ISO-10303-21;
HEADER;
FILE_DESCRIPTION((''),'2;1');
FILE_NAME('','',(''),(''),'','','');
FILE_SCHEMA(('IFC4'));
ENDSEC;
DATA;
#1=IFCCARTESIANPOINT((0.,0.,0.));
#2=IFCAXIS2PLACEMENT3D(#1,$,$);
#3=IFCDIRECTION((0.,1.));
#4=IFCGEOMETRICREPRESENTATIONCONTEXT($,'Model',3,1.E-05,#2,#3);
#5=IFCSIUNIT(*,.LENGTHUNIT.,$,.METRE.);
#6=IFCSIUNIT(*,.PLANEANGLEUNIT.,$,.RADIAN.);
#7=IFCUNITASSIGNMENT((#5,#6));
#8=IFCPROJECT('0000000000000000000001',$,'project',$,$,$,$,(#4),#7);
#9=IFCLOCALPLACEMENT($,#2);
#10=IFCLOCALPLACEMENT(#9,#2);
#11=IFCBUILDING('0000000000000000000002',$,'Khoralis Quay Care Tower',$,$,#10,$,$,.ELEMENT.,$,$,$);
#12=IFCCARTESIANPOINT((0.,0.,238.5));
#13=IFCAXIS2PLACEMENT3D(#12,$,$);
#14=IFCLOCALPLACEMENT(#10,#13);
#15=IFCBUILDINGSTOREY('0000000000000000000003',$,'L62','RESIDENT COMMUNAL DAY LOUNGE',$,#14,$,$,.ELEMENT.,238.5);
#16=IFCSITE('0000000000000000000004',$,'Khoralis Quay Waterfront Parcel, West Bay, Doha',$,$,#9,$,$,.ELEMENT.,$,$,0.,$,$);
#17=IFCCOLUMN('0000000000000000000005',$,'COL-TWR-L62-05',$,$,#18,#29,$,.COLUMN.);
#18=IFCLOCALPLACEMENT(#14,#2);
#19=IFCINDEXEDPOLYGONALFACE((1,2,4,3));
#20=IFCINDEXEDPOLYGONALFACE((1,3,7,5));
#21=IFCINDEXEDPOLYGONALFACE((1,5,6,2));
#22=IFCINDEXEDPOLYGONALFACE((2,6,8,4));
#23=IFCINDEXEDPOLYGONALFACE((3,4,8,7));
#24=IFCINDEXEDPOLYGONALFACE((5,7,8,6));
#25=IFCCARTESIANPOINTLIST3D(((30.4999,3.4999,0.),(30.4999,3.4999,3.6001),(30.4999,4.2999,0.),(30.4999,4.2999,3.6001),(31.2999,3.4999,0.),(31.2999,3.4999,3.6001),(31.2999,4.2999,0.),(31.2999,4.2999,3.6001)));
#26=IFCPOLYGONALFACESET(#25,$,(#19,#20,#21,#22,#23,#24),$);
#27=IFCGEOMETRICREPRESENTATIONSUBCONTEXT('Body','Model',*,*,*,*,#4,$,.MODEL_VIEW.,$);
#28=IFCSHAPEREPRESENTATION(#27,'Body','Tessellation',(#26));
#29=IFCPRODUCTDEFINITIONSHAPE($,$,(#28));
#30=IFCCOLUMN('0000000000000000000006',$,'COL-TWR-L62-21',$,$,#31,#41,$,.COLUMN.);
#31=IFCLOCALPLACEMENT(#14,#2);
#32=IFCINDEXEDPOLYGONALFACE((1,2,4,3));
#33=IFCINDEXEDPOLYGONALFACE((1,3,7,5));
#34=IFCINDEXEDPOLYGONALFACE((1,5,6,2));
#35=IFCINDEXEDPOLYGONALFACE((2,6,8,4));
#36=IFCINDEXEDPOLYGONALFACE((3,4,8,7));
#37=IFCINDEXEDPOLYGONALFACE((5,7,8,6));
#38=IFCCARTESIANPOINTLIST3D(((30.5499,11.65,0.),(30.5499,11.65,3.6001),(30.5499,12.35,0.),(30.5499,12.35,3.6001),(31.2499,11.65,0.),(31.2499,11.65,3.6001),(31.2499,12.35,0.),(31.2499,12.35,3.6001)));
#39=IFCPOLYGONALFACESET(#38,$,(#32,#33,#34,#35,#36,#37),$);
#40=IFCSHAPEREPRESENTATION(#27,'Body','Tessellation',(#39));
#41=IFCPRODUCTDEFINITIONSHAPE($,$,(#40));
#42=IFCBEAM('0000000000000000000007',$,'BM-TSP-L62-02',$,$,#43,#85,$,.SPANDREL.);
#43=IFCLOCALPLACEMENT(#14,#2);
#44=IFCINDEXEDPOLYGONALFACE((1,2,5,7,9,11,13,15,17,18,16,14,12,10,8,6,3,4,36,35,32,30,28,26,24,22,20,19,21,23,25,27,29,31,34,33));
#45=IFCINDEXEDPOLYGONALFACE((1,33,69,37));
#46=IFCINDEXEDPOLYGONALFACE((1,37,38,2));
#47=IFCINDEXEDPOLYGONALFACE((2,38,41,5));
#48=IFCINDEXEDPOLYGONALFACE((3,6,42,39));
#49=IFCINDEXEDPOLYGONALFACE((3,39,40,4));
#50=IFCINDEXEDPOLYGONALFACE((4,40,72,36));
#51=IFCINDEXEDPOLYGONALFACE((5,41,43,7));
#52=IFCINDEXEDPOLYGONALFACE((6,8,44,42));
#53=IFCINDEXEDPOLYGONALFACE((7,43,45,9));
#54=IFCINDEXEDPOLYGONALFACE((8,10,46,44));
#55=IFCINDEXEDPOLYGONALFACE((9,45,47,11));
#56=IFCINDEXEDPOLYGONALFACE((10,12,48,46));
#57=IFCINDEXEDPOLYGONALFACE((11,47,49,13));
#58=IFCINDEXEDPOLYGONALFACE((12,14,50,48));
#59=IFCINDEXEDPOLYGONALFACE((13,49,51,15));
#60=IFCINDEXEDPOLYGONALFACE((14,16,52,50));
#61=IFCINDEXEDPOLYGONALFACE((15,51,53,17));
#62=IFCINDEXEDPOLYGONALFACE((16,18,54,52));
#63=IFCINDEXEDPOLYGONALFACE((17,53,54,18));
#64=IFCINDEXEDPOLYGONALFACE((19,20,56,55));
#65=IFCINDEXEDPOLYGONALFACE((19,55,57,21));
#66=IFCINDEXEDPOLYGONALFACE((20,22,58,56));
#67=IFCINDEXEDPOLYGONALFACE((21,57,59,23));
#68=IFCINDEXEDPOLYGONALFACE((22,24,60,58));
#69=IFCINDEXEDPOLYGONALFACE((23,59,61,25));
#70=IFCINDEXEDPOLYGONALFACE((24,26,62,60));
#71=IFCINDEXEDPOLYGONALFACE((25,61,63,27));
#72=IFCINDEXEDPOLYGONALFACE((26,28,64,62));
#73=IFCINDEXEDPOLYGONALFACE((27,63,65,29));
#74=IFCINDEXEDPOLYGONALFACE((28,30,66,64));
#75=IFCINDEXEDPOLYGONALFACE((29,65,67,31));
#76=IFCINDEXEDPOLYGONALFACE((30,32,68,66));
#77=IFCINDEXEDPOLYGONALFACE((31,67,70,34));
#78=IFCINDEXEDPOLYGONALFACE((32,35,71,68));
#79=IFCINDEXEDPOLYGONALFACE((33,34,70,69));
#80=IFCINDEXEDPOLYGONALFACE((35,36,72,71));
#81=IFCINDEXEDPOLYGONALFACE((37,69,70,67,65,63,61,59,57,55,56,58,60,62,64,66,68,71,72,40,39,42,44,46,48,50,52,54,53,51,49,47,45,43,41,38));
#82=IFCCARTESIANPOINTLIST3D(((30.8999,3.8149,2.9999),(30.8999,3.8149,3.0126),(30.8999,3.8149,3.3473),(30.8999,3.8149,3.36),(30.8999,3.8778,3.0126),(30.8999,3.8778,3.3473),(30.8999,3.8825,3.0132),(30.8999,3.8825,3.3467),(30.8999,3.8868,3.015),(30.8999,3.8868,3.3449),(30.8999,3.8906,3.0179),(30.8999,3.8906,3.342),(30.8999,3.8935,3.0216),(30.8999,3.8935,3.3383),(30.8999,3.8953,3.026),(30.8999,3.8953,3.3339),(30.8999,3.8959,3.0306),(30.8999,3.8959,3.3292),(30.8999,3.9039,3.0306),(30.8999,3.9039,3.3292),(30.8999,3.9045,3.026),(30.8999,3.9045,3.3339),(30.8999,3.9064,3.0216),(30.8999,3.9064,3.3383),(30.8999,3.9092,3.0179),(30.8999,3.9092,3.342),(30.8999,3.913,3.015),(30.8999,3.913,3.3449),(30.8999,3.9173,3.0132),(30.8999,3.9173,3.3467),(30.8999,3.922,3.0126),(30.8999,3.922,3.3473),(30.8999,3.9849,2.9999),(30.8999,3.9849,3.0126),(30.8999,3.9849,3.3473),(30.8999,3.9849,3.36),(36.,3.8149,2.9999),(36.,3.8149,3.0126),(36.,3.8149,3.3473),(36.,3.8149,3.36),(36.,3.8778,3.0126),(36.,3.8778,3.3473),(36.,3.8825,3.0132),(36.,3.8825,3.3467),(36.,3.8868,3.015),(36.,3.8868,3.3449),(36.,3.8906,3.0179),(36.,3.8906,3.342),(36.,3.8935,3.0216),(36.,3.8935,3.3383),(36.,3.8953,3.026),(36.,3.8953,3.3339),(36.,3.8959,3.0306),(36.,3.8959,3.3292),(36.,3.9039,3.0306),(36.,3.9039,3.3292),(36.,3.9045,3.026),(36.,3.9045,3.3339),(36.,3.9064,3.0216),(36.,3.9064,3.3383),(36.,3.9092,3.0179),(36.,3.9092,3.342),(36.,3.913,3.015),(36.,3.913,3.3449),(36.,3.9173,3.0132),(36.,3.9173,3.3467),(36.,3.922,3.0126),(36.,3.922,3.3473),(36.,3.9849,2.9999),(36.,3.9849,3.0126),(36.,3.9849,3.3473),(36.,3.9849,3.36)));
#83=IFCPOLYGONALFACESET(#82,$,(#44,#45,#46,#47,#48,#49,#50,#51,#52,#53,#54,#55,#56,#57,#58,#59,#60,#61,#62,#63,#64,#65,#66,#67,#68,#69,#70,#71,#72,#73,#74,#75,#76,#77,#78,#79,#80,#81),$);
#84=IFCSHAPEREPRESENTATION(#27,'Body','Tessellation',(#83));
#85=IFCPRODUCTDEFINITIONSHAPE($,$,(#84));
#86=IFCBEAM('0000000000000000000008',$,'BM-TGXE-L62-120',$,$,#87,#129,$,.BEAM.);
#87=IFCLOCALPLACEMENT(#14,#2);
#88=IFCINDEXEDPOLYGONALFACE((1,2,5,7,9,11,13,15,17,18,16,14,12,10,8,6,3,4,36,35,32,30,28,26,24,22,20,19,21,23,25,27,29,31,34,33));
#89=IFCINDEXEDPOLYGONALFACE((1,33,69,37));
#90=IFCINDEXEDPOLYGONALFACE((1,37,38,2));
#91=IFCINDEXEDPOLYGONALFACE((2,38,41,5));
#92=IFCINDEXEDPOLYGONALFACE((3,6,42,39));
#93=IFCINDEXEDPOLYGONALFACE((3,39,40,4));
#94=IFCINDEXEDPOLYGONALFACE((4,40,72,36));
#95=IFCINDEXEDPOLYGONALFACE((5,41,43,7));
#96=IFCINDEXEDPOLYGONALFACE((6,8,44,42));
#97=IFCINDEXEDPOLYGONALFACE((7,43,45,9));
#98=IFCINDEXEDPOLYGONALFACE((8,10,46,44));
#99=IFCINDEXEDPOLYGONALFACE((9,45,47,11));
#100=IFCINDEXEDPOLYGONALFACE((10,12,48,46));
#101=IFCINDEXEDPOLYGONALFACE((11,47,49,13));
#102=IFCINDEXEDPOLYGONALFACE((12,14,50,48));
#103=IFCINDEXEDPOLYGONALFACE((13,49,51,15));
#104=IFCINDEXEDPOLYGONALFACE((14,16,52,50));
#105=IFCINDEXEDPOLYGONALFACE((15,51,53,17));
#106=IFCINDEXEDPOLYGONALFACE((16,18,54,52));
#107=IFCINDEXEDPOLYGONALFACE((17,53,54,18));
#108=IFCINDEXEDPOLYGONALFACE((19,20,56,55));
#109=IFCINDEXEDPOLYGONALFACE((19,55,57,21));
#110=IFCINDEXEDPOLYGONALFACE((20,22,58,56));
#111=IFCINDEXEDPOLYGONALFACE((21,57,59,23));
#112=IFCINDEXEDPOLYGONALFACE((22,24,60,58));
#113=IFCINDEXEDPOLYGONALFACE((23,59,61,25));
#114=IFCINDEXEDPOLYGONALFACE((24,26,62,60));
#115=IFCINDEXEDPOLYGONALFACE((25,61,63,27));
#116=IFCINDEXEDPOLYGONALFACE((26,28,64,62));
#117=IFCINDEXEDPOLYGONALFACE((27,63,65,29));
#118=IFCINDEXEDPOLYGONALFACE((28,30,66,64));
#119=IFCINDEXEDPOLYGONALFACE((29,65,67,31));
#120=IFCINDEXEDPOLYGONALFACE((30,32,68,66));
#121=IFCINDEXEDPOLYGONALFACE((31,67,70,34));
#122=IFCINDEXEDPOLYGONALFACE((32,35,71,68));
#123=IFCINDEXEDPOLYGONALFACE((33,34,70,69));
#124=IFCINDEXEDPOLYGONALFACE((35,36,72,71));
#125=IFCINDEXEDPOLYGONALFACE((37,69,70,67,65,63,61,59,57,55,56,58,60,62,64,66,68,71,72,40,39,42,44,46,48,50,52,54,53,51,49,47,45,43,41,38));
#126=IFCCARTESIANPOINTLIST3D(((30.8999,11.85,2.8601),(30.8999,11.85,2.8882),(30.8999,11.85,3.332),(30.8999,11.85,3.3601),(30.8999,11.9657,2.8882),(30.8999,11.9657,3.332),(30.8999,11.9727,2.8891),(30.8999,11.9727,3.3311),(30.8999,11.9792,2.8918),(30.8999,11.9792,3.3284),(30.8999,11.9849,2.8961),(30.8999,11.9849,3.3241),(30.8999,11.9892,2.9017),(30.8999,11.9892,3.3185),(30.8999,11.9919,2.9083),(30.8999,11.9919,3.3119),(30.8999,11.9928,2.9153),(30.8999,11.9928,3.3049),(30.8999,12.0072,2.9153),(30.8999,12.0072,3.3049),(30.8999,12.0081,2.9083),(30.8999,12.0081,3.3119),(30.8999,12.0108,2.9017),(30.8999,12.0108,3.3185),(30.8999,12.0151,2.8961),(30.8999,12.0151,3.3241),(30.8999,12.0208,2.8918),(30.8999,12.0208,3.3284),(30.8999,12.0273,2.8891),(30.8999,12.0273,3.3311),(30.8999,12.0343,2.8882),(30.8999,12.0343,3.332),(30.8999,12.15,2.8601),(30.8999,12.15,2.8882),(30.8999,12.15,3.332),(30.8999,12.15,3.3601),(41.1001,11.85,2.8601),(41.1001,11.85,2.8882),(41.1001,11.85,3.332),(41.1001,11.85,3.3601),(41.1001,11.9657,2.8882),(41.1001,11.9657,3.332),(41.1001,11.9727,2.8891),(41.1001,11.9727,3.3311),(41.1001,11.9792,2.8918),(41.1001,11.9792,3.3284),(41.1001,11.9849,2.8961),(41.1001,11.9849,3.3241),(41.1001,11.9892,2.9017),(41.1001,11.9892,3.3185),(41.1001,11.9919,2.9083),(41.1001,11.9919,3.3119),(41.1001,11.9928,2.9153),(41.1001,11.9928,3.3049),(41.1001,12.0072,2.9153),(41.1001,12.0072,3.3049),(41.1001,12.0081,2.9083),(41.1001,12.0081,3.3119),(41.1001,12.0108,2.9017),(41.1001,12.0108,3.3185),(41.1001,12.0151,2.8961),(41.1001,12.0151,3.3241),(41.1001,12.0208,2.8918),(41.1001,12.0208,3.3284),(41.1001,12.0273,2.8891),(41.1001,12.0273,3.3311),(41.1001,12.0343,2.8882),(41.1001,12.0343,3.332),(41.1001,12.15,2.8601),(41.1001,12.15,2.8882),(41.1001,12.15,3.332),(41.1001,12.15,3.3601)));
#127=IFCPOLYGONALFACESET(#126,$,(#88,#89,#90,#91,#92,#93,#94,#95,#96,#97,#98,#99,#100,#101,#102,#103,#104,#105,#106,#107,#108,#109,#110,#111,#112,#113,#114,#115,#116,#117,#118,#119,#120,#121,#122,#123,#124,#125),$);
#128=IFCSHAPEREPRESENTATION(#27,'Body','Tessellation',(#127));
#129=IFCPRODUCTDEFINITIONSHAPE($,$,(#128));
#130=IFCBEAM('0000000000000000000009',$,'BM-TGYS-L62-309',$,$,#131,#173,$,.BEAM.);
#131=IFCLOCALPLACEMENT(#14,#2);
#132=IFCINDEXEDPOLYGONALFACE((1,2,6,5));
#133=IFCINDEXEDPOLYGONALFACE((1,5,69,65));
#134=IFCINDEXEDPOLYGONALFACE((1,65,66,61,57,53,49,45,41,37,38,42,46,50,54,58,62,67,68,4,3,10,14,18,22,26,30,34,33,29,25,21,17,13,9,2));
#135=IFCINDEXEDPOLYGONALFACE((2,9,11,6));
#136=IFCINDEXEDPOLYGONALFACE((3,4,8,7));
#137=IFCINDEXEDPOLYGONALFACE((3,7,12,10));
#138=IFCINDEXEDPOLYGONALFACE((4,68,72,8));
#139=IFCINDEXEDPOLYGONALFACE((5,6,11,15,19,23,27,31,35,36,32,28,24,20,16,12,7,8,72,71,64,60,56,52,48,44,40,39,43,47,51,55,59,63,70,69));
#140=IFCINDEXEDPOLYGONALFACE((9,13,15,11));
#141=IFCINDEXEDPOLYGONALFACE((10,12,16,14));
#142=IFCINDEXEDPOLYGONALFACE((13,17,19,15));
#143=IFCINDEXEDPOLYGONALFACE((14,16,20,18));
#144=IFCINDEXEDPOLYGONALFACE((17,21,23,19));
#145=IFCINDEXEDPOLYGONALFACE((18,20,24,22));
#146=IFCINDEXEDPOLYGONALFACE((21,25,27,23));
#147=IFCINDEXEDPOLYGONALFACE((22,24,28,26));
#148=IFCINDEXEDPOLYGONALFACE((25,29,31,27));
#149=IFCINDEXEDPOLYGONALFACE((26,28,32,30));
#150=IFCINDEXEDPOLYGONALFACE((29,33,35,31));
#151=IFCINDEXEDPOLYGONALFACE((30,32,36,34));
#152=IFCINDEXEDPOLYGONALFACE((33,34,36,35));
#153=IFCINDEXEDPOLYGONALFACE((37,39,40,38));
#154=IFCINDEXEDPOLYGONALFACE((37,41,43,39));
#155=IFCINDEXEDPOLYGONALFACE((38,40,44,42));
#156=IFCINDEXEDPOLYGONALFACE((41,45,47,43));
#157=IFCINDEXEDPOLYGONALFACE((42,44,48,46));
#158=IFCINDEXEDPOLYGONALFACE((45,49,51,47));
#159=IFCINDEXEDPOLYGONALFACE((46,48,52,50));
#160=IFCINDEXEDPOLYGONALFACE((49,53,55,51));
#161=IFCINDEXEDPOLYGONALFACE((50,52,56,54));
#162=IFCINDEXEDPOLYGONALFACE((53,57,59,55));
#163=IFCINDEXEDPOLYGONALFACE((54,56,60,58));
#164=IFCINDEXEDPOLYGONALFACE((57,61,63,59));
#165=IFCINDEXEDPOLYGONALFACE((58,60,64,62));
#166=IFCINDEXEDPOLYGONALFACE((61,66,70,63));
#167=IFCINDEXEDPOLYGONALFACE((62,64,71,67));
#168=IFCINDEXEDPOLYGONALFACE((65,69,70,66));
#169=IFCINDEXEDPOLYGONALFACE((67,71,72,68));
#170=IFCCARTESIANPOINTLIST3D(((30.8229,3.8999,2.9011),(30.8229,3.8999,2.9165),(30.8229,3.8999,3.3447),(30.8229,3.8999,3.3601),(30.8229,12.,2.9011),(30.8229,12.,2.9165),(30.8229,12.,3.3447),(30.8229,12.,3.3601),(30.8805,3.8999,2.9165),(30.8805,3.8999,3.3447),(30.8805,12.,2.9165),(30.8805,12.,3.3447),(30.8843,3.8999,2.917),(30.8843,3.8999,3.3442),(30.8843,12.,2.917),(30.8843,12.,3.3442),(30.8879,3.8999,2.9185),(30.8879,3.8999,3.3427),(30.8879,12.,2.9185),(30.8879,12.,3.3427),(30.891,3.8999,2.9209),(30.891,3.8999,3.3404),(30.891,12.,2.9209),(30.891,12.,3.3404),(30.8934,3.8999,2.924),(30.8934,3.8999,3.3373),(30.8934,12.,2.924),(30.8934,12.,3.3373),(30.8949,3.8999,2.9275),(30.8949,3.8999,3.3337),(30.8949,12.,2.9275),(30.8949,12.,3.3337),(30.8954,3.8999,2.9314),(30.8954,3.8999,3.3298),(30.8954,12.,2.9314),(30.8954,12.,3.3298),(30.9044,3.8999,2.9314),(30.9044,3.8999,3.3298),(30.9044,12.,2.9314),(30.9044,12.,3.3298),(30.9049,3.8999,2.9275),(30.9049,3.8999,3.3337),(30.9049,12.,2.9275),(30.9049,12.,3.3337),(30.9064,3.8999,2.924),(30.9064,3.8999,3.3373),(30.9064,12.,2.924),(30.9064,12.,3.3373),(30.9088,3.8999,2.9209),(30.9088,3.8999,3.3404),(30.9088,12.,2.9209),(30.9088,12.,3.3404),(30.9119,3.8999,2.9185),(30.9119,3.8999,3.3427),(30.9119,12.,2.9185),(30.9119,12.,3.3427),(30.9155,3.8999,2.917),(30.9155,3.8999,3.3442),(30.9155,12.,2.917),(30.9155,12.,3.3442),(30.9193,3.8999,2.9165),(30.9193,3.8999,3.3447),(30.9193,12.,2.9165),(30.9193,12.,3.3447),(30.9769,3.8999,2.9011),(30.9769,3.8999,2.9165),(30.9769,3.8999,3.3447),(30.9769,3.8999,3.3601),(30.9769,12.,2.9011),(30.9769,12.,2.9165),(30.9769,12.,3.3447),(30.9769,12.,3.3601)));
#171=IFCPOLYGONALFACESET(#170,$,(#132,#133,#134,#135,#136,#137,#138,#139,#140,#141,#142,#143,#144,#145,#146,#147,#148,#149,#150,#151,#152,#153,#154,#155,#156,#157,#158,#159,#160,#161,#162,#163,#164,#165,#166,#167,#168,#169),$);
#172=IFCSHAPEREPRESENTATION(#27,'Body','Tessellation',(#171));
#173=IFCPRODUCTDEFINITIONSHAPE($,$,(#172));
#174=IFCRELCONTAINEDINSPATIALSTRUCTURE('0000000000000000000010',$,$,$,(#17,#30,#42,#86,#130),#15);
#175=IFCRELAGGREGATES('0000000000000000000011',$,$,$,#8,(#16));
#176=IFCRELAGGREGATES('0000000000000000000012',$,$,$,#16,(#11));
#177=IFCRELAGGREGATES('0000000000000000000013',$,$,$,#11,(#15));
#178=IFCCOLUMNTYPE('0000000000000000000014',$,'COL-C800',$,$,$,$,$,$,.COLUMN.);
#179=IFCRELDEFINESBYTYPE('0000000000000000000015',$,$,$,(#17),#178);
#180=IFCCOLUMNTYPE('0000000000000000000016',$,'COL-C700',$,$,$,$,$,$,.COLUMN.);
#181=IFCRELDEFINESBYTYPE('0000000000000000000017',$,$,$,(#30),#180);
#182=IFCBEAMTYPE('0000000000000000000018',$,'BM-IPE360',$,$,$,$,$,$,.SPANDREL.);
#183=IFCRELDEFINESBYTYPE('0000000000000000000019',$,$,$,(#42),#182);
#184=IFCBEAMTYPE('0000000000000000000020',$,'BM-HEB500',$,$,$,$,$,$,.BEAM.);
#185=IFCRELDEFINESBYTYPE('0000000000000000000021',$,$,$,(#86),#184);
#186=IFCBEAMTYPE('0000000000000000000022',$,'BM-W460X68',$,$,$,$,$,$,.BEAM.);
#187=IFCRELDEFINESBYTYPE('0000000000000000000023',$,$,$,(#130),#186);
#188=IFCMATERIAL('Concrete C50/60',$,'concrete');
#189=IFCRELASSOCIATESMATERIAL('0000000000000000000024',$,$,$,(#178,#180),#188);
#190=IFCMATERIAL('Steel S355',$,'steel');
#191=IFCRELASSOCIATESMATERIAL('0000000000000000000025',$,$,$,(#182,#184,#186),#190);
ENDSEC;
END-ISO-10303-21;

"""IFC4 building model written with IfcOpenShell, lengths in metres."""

from ifc_helpers import new_model, si_unit, direction, frame, origin, origin_2d, place, context, subcontext, project, spatial, rectangle, i_section, extrude, source, transform, mapped, material, material_profile, profile_set, type_object, element, save


model = new_model("IFC4")

# Units and contexts
model_context = context("Model", 3, precision=1e-05, world=origin(), true_north=direction((0.0, 1.0)))
body_context = subcontext(model_context, "Body", "Model", "MODEL_VIEW")
ifc_project = project(units=[si_unit("LENGTHUNIT", "METRE"), si_unit("PLANEANGLEUNIT", "RADIAN")], contexts=[model_context])

# Site, building, storey
site_placement = place(None, origin())
site = spatial("IfcSite", under=ifc_project, at=site_placement, Name="Khoralis Quay Waterfront Parcel, West Bay, Doha", CompositionType="ELEMENT", RefElevation=0.0)
building_placement = place(site_placement, origin())
building = spatial("IfcBuilding", under=site, at=building_placement, Name="Khoralis Quay Care Tower", CompositionType="ELEMENT")
storey_placement = place(building_placement, frame((0.0, 0.0, 238.5)))
storey = spatial("IfcBuildingStorey", under=building, at=storey_placement, Name="L62", Description="RESIDENT COMMUNAL DAY LOUNGE", CompositionType="ELEMENT", Elevation=238.5)

# Columns
ifc_material_1 = material(Name="Concrete C50/60", Category="concrete")
ifc_material_profile_1 = material_profile(ifc_material_1, rectangle(XDim=0.8, YDim=0.8, at=origin_2d()), Name="Concrete C50/60")
ifc_profile_set_1 = profile_set([ifc_material_profile_1], Name="Concrete C50/60")
column_type_1 = type_object("IfcColumnType", Name="COL-C800", PredefinedType="COLUMN", material=ifc_profile_set_1)
shared_shape_1 = source(origin(), body_context, "Body", "SweptSolid", [
    extrude(rectangle(XDim=0.8, YDim=0.8, at=origin_2d()), origin(), (0.0, 0.0, 1.0), 3.6001),
])
column_1_placement = place(storey_placement, frame((30.8999, 3.8999, 0.0), z_axis=(0.0, 0.0, 1.0), x_axis=(1.0, 0.0, 0.0)))
element("IfcColumn", 1, at=column_1_placement, inside=storey, type_object=column_type_1, Name="COL-TWR-L62-05", PredefinedType="COLUMN", context=body_context, shape_type="MappedRepresentation", body=[
    mapped(shared_shape_1, transform((0.0, 0.0, 0.0), scale=1.0)),
])
ifc_material_profile_2 = material_profile(ifc_material_1, rectangle(XDim=0.7, YDim=0.7, at=origin_2d()), Name="Concrete C50/60")
ifc_profile_set_2 = profile_set([ifc_material_profile_2], Name="Concrete C50/60")
column_type_2 = type_object("IfcColumnType", Name="COL-C700", PredefinedType="COLUMN", material=ifc_profile_set_2)
shared_shape_2 = source(origin(), body_context, "Body", "SweptSolid", [
    extrude(rectangle(XDim=0.7, YDim=0.7, at=origin_2d()), origin(), (0.0, 0.0, 1.0), 3.6001),
])
column_2_placement = place(storey_placement, frame((30.8999, 12.0, 0.0), z_axis=(0.0, 0.0, 1.0), x_axis=(1.0, 0.0, 0.0)))
element("IfcColumn", 2, at=column_2_placement, inside=storey, type_object=column_type_2, Name="COL-TWR-L62-21", PredefinedType="COLUMN", context=body_context, shape_type="MappedRepresentation", body=[
    mapped(shared_shape_2, transform((0.0, 0.0, 0.0), scale=1.0)),
])

# Beams
ifc_material_2 = material(Name="Steel S355", Category="steel")
ifc_material_profile_3 = material_profile(ifc_material_2, i_section(OverallWidth=0.1699, OverallDepth=0.3601, WebThickness=0.0081, FlangeThickness=0.0127, FilletRadius=0.0181, at=origin_2d()), Name="Steel S355")
ifc_profile_set_3 = profile_set([ifc_material_profile_3], Name="Steel S355")
beam_type_1 = type_object("IfcBeamType", Name="BM-IPE360", PredefinedType="SPANDREL", material=ifc_profile_set_3)
shared_shape_3 = source(origin(), body_context, "Body", "SweptSolid", [
    extrude(i_section(OverallWidth=0.1699, OverallDepth=0.3601, WebThickness=0.0081, FlangeThickness=0.0127, FilletRadius=0.0181, at=origin_2d()), origin(), (0.0, 0.0, 1.0), 5.1001),
])
beam_1_placement = place(storey_placement, frame((30.8999, 3.8999, 3.1799), z_axis=(1.0, 0.0, 0.0), x_axis=(0.0, 1.0, 0.0)))
element("IfcBeam", 3, at=beam_1_placement, inside=storey, type_object=beam_type_1, Name="BM-TSP-L62-02", PredefinedType="SPANDREL", context=body_context, shape_type="MappedRepresentation", body=[
    mapped(shared_shape_3, transform((0.0, 0.0, 0.0), scale=1.0)),
])
ifc_material_profile_4 = material_profile(ifc_material_2, i_section(OverallWidth=0.3, OverallDepth=0.5, WebThickness=0.0144, FlangeThickness=0.0281, FilletRadius=0.0271, at=origin_2d()), Name="Steel S355")
ifc_profile_set_4 = profile_set([ifc_material_profile_4], Name="Steel S355")
beam_type_2 = type_object("IfcBeamType", Name="BM-HEB500", PredefinedType="BEAM", material=ifc_profile_set_4)
shared_shape_4 = source(origin(), body_context, "Body", "SweptSolid", [
    extrude(i_section(OverallWidth=0.3, OverallDepth=0.5, WebThickness=0.0144, FlangeThickness=0.0281, FilletRadius=0.0271, at=origin_2d()), origin(), (0.0, 0.0, 1.0), 10.2002),
])
beam_2_placement = place(storey_placement, frame((30.8999, 12.0, 3.1101), z_axis=(1.0, 0.0, 0.0), x_axis=(0.0, 1.0, 0.0)))
element("IfcBeam", 4, at=beam_2_placement, inside=storey, type_object=beam_type_2, Name="BM-TGXE-L62-120", PredefinedType="BEAM", context=body_context, shape_type="MappedRepresentation", body=[
    mapped(shared_shape_4, transform((0.0, 0.0, 0.0), scale=1.0)),
])
ifc_material_profile_5 = material_profile(ifc_material_2, i_section(OverallWidth=0.1541, OverallDepth=0.459, WebThickness=0.009, FlangeThickness=0.0154, FilletRadius=0.0149, at=origin_2d()), Name="Steel S355")
ifc_profile_set_5 = profile_set([ifc_material_profile_5], Name="Steel S355")
beam_type_3 = type_object("IfcBeamType", Name="BM-W460X68", PredefinedType="BEAM", material=ifc_profile_set_5)
shared_shape_5 = source(origin(), body_context, "Body", "SweptSolid", [
    extrude(i_section(OverallWidth=0.1541, OverallDepth=0.459, WebThickness=0.009, FlangeThickness=0.0154, FilletRadius=0.0149, at=origin_2d()), origin(), (0.0, 0.0, 1.0), 8.1001),
])
beam_3_placement = place(storey_placement, frame((30.8999, 3.8999, 3.1306), z_axis=(0.0, 1.0, 0.0), x_axis=(-1.0, 0.0, 0.0)))
element("IfcBeam", 5, at=beam_3_placement, inside=storey, type_object=beam_type_3, Name="BM-TGYS-L62-309", PredefinedType="BEAM", context=body_context, shape_type="MappedRepresentation", body=[
    mapped(shared_shape_5, transform((0.0, 0.0, 0.0), scale=1.0)),
])

save(model, "model.ifc")
